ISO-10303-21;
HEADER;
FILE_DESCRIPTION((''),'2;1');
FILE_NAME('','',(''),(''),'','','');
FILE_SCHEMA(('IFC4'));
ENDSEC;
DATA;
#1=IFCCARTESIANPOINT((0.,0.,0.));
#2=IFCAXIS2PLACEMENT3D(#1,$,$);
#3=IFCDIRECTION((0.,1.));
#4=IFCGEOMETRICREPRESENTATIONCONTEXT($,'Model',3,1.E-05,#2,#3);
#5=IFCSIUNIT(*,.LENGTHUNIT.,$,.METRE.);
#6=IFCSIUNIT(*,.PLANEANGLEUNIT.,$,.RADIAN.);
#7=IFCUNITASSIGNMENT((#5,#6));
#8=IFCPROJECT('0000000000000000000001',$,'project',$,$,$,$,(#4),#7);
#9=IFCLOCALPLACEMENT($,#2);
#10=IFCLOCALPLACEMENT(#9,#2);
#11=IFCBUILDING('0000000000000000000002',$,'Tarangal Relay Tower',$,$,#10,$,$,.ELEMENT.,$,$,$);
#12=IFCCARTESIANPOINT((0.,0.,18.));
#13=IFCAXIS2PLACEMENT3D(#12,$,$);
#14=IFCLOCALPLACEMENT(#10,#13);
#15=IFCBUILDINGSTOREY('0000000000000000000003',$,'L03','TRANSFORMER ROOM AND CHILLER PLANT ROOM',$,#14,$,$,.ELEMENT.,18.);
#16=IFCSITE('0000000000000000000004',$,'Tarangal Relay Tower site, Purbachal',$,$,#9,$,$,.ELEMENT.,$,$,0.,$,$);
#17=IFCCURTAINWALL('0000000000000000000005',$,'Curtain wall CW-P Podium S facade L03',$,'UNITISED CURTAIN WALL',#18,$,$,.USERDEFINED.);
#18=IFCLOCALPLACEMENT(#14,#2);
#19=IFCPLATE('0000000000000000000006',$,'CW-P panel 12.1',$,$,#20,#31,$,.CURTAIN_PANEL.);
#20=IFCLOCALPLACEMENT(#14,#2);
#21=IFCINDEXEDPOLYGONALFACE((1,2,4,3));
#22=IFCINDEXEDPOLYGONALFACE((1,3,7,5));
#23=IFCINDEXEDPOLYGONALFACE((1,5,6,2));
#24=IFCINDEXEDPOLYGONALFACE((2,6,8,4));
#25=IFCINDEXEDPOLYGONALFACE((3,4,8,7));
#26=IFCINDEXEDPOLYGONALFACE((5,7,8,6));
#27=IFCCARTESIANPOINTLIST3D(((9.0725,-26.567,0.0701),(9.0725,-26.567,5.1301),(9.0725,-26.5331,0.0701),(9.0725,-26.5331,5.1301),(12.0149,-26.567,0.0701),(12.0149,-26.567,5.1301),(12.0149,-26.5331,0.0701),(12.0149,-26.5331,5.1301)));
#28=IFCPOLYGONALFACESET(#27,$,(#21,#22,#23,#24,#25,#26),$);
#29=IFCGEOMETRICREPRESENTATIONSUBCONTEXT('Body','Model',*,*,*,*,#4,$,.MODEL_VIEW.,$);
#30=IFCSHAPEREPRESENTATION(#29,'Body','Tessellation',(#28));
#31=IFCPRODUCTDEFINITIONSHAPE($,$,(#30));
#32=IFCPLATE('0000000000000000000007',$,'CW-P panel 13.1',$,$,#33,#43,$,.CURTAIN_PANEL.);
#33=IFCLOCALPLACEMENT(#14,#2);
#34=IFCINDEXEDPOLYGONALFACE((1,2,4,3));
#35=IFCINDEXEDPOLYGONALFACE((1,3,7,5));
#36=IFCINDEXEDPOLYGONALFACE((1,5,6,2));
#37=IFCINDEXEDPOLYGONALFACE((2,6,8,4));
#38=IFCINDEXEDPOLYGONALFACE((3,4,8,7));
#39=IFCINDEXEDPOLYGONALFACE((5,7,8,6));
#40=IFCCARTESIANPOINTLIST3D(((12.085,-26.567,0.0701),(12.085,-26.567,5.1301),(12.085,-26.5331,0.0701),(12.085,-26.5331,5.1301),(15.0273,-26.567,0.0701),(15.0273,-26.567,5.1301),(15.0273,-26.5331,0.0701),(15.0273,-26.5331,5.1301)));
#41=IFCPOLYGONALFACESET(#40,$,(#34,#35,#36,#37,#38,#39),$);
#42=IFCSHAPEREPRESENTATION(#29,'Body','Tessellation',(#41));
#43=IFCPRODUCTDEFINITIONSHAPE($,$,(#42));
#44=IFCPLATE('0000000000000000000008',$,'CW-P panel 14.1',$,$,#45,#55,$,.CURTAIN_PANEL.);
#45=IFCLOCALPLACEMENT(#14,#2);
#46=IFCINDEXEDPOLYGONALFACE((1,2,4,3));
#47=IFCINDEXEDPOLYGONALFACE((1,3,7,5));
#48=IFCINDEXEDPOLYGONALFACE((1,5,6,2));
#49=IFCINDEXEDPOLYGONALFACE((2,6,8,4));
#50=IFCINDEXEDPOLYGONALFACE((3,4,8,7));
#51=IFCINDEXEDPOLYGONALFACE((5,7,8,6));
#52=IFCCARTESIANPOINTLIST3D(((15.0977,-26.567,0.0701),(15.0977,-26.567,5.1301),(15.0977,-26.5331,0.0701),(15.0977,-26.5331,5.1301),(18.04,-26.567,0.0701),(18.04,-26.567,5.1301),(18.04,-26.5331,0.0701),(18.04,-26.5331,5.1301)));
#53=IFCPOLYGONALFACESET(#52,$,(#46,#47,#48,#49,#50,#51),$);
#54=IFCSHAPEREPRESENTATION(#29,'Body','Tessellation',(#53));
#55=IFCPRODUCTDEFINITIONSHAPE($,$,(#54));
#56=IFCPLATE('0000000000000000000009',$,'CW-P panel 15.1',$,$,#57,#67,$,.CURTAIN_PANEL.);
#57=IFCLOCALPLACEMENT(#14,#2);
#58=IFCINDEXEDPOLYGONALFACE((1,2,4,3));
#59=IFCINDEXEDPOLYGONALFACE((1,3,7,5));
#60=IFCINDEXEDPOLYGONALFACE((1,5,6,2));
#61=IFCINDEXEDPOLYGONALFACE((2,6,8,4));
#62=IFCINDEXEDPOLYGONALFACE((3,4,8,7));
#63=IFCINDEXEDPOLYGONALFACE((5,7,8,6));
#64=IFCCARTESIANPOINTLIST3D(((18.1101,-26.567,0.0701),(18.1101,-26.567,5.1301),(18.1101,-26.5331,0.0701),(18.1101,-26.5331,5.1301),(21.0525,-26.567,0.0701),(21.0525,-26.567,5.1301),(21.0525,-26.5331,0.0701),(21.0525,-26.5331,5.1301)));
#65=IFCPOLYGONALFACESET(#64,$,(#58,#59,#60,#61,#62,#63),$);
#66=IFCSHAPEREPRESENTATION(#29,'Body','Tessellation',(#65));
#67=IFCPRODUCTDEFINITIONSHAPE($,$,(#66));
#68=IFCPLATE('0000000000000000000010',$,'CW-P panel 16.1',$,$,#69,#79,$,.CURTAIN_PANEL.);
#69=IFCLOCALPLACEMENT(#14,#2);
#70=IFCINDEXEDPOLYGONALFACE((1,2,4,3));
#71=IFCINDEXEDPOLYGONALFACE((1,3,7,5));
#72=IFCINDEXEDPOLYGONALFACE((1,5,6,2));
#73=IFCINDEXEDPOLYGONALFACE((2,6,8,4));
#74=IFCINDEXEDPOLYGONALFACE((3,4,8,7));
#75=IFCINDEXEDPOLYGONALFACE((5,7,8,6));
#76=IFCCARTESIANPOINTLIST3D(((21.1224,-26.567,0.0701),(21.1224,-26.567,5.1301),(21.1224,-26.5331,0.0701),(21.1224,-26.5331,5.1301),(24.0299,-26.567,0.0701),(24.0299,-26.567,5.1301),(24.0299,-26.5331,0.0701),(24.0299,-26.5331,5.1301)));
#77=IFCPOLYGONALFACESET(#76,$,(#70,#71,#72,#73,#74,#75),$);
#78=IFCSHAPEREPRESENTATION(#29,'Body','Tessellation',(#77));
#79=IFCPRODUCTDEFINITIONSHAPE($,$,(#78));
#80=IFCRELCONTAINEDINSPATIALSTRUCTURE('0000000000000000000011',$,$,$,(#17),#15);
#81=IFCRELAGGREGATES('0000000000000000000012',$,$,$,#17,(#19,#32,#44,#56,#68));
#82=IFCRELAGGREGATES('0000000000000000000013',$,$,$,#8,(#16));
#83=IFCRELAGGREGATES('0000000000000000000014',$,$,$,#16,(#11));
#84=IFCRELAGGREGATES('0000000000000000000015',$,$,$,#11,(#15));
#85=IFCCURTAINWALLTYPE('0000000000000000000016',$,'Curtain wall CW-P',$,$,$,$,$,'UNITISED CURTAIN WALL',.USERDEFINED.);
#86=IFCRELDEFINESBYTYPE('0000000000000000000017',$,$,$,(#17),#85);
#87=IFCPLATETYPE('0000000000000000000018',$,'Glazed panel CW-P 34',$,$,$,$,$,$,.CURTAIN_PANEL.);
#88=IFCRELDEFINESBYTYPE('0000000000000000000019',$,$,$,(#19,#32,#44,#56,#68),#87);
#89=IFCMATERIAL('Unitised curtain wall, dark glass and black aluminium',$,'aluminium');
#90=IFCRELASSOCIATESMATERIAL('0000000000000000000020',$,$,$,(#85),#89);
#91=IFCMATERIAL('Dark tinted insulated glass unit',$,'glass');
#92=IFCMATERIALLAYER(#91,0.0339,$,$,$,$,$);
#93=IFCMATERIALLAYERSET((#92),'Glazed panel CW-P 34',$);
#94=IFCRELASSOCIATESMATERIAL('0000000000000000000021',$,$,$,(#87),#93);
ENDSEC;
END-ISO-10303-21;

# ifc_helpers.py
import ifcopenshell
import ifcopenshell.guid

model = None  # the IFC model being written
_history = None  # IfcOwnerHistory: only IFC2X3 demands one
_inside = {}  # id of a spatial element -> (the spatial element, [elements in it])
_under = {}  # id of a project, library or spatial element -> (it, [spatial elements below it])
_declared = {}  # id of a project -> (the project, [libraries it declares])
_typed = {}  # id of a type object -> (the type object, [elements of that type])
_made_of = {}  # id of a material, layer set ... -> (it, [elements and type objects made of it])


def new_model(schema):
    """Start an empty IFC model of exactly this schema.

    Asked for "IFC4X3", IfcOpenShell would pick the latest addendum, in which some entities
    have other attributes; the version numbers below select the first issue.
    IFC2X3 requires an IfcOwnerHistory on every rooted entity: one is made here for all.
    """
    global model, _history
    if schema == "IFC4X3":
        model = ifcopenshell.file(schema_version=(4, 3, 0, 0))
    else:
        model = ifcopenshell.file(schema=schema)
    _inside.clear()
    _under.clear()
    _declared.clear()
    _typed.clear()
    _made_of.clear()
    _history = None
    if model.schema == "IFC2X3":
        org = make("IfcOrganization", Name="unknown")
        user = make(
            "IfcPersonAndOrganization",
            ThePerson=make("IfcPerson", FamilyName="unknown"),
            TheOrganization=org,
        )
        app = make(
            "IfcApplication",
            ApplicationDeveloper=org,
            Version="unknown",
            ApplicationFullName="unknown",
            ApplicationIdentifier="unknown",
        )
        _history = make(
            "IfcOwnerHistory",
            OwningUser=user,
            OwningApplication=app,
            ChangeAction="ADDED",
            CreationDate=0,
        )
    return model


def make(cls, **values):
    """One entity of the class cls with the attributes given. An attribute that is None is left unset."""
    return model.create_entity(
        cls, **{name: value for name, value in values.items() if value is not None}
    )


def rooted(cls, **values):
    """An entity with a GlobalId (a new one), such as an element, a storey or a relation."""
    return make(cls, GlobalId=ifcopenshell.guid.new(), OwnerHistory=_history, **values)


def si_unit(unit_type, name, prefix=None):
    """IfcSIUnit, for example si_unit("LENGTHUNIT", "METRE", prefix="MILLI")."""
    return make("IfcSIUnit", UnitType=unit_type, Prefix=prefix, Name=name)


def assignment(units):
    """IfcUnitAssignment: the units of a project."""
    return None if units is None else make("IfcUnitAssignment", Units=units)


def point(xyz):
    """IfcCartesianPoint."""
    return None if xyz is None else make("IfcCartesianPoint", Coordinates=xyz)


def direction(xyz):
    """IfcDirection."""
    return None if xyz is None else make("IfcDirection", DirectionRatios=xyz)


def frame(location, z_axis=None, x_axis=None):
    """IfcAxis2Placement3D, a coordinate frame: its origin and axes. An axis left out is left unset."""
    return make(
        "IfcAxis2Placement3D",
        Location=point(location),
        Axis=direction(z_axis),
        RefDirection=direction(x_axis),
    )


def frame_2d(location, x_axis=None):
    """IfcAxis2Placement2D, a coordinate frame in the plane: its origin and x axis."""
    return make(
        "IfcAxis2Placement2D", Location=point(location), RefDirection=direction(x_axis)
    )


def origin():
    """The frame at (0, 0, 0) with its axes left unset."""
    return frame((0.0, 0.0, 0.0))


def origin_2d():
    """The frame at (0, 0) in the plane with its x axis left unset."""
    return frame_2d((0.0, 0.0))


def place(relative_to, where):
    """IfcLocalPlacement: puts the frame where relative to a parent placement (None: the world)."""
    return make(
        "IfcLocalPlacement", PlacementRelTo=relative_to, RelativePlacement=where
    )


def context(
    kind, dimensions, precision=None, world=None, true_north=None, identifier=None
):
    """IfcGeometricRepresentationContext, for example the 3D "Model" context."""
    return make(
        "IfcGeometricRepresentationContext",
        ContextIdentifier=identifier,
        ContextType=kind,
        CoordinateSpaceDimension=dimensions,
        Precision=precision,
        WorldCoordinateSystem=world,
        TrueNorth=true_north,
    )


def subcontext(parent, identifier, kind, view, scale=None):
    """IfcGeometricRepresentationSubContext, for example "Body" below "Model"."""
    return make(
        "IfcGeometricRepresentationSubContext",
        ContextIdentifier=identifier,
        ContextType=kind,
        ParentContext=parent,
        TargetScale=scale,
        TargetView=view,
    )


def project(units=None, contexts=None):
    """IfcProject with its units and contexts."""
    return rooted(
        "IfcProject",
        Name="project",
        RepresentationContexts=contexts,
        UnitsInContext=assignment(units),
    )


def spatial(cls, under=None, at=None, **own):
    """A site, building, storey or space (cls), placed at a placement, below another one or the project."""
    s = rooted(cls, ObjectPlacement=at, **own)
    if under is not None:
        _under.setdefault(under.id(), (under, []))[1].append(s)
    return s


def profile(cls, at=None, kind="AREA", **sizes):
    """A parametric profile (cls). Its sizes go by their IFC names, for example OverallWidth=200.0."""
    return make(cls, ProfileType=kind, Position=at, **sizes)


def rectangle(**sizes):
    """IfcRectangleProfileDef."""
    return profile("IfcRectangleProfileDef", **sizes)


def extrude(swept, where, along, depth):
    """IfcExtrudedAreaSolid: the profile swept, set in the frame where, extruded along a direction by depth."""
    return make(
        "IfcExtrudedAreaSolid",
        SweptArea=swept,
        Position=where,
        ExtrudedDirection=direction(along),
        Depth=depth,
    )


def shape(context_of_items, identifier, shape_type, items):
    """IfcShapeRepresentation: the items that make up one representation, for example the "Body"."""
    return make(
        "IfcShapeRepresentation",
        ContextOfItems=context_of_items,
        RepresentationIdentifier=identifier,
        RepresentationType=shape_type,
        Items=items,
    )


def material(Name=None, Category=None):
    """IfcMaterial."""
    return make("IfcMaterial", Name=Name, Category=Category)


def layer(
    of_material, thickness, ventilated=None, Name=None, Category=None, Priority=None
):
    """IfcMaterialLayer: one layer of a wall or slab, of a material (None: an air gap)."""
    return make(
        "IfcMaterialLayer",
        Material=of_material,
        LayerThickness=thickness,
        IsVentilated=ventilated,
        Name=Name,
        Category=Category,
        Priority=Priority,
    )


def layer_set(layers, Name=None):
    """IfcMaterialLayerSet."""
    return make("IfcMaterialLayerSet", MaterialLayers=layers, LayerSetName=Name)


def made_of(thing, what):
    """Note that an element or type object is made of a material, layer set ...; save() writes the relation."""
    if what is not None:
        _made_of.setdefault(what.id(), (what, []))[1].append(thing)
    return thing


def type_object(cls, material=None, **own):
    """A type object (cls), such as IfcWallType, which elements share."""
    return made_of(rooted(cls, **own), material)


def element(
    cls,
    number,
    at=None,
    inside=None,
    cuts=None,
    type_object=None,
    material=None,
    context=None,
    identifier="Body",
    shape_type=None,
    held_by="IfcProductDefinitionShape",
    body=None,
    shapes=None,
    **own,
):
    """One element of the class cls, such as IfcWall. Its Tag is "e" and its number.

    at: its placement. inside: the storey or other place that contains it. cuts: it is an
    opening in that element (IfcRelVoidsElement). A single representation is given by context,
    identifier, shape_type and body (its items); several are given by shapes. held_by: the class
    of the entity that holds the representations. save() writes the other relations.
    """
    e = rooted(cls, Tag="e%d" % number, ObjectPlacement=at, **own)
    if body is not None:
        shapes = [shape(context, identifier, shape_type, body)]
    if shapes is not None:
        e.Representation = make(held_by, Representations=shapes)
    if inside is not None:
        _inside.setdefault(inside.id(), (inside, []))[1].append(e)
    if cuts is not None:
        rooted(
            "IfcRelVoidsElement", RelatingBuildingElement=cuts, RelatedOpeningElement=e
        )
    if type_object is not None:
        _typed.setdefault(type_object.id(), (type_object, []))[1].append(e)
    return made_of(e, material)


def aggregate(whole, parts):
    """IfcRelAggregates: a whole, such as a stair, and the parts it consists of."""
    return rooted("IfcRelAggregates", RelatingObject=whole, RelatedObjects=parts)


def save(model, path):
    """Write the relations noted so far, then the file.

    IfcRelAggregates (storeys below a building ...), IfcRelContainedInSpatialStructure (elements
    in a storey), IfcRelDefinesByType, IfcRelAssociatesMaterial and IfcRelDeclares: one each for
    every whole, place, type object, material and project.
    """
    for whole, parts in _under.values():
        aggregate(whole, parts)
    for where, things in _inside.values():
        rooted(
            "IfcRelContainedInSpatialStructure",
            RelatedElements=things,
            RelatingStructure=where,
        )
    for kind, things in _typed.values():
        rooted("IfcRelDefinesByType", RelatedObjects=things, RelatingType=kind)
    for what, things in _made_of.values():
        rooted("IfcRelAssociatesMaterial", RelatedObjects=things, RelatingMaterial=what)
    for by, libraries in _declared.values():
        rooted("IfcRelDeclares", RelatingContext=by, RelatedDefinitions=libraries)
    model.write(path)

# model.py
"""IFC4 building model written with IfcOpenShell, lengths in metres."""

from ifc_helpers import new_model, si_unit, direction, frame, origin, origin_2d, place, context, subcontext, project, spatial, rectangle, extrude, material, layer, layer_set, type_object, element, aggregate, save


model = new_model("IFC4")

# Units and contexts
model_context = context("Model", 3, precision=1e-05, world=origin(), true_north=direction((0.0, 1.0)))
body_context = subcontext(model_context, "Body", "Model", "MODEL_VIEW")
ifc_project = project(units=[si_unit("LENGTHUNIT", "METRE"), si_unit("PLANEANGLEUNIT", "RADIAN")], contexts=[model_context])

# Site, building, storey
site_placement = place(None, origin())
site = spatial("IfcSite", under=ifc_project, at=site_placement, Name="Tarangal Relay Tower site, Purbachal", CompositionType="ELEMENT", RefElevation=0.0)
building_placement = place(site_placement, origin())
building = spatial("IfcBuilding", under=site, at=building_placement, Name="Tarangal Relay Tower", CompositionType="ELEMENT")
storey_placement = place(building_placement, frame((0.0, 0.0, 18.0)))
storey = spatial("IfcBuildingStorey", under=building, at=storey_placement, Name="L03", Description="TRANSFORMER ROOM AND CHILLER PLANT ROOM", CompositionType="ELEMENT", Elevation=18.0)

# Curtain wall
ifc_material_1 = material(Name="Unitised curtain wall, dark glass and black aluminium", Category="aluminium")
curtain_wall_type = type_object("IfcCurtainWallType", Name="Curtain wall CW-P", ElementType="UNITISED CURTAIN WALL", PredefinedType="USERDEFINED", material=ifc_material_1)
curtain_wall_1_placement = place(storey_placement, origin())
curtain_wall_1 = element("IfcCurtainWall", 1, at=curtain_wall_1_placement, inside=storey, type_object=curtain_wall_type, Name="Curtain wall CW-P Podium S facade L03", ObjectType="UNITISED CURTAIN WALL", PredefinedType="USERDEFINED")

# Plates
ifc_material_2 = material(Name="Dark tinted insulated glass unit", Category="glass")
ifc_layer = layer(ifc_material_2, 0.0339)
ifc_layer_set = layer_set([ifc_layer], Name="Glazed panel CW-P 34")
plate_type = type_object("IfcPlateType", Name="Glazed panel CW-P 34", PredefinedType="CURTAIN_PANEL", material=ifc_layer_set)
plate_1_placement = place(storey_placement, frame((10.5437, -26.55, 0.0701), z_axis=(0.0, 0.0, 1.0), x_axis=(1.0, 0.0, 0.0)))
plate_1 = element("IfcPlate", 2, at=plate_1_placement, type_object=plate_type, Name="CW-P panel 12.1", PredefinedType="CURTAIN_PANEL", context=body_context, shape_type="SweptSolid", body=[
    extrude(rectangle(XDim=2.9424, YDim=0.0339, at=origin_2d()), origin(), (0.0, 0.0, 1.0), 5.0601),
])
plate_2_placement = place(storey_placement, frame((13.5562, -26.55, 0.0701), z_axis=(0.0, 0.0, 1.0), x_axis=(1.0, 0.0, 0.0)))
plate_2 = element("IfcPlate", 3, at=plate_2_placement, type_object=plate_type, Name="CW-P panel 13.1", PredefinedType="CURTAIN_PANEL", context=body_context, shape_type="SweptSolid", body=[
    extrude(rectangle(XDim=2.9424, YDim=0.0339, at=origin_2d()), origin(), (0.0, 0.0, 1.0), 5.0601),
])
plate_3_placement = place(storey_placement, frame((16.5688, -26.55, 0.0701), z_axis=(0.0, 0.0, 1.0), x_axis=(1.0, 0.0, 0.0)))
plate_3 = element("IfcPlate", 4, at=plate_3_placement, type_object=plate_type, Name="CW-P panel 14.1", PredefinedType="CURTAIN_PANEL", context=body_context, shape_type="SweptSolid", body=[
    extrude(rectangle(XDim=2.9424, YDim=0.0339, at=origin_2d()), origin(), (0.0, 0.0, 1.0), 5.0601),
])
plate_4_placement = place(storey_placement, frame((19.5813, -26.55, 0.0701), z_axis=(0.0, 0.0, 1.0), x_axis=(1.0, 0.0, 0.0)))
plate_4 = element("IfcPlate", 5, at=plate_4_placement, type_object=plate_type, Name="CW-P panel 15.1", PredefinedType="CURTAIN_PANEL", context=body_context, shape_type="SweptSolid", body=[
    extrude(rectangle(XDim=2.9424, YDim=0.0339, at=origin_2d()), origin(), (0.0, 0.0, 1.0), 5.0601),
])
plate_5_placement = place(storey_placement, frame((22.5762, -26.55, 0.0701), z_axis=(0.0, 0.0, 1.0), x_axis=(1.0, 0.0, 0.0)))
plate_5 = element("IfcPlate", 6, at=plate_5_placement, type_object=plate_type, Name="CW-P panel 16.1", PredefinedType="CURTAIN_PANEL", context=body_context, shape_type="SweptSolid", body=[
    extrude(rectangle(XDim=2.9075, YDim=0.0339, at=origin_2d()), origin(), (0.0, 0.0, 1.0), 5.0601),
])
aggregate(curtain_wall_1, [plate_1, plate_2, plate_3, plate_4, plate_5])

save(model, "model.ifc")
